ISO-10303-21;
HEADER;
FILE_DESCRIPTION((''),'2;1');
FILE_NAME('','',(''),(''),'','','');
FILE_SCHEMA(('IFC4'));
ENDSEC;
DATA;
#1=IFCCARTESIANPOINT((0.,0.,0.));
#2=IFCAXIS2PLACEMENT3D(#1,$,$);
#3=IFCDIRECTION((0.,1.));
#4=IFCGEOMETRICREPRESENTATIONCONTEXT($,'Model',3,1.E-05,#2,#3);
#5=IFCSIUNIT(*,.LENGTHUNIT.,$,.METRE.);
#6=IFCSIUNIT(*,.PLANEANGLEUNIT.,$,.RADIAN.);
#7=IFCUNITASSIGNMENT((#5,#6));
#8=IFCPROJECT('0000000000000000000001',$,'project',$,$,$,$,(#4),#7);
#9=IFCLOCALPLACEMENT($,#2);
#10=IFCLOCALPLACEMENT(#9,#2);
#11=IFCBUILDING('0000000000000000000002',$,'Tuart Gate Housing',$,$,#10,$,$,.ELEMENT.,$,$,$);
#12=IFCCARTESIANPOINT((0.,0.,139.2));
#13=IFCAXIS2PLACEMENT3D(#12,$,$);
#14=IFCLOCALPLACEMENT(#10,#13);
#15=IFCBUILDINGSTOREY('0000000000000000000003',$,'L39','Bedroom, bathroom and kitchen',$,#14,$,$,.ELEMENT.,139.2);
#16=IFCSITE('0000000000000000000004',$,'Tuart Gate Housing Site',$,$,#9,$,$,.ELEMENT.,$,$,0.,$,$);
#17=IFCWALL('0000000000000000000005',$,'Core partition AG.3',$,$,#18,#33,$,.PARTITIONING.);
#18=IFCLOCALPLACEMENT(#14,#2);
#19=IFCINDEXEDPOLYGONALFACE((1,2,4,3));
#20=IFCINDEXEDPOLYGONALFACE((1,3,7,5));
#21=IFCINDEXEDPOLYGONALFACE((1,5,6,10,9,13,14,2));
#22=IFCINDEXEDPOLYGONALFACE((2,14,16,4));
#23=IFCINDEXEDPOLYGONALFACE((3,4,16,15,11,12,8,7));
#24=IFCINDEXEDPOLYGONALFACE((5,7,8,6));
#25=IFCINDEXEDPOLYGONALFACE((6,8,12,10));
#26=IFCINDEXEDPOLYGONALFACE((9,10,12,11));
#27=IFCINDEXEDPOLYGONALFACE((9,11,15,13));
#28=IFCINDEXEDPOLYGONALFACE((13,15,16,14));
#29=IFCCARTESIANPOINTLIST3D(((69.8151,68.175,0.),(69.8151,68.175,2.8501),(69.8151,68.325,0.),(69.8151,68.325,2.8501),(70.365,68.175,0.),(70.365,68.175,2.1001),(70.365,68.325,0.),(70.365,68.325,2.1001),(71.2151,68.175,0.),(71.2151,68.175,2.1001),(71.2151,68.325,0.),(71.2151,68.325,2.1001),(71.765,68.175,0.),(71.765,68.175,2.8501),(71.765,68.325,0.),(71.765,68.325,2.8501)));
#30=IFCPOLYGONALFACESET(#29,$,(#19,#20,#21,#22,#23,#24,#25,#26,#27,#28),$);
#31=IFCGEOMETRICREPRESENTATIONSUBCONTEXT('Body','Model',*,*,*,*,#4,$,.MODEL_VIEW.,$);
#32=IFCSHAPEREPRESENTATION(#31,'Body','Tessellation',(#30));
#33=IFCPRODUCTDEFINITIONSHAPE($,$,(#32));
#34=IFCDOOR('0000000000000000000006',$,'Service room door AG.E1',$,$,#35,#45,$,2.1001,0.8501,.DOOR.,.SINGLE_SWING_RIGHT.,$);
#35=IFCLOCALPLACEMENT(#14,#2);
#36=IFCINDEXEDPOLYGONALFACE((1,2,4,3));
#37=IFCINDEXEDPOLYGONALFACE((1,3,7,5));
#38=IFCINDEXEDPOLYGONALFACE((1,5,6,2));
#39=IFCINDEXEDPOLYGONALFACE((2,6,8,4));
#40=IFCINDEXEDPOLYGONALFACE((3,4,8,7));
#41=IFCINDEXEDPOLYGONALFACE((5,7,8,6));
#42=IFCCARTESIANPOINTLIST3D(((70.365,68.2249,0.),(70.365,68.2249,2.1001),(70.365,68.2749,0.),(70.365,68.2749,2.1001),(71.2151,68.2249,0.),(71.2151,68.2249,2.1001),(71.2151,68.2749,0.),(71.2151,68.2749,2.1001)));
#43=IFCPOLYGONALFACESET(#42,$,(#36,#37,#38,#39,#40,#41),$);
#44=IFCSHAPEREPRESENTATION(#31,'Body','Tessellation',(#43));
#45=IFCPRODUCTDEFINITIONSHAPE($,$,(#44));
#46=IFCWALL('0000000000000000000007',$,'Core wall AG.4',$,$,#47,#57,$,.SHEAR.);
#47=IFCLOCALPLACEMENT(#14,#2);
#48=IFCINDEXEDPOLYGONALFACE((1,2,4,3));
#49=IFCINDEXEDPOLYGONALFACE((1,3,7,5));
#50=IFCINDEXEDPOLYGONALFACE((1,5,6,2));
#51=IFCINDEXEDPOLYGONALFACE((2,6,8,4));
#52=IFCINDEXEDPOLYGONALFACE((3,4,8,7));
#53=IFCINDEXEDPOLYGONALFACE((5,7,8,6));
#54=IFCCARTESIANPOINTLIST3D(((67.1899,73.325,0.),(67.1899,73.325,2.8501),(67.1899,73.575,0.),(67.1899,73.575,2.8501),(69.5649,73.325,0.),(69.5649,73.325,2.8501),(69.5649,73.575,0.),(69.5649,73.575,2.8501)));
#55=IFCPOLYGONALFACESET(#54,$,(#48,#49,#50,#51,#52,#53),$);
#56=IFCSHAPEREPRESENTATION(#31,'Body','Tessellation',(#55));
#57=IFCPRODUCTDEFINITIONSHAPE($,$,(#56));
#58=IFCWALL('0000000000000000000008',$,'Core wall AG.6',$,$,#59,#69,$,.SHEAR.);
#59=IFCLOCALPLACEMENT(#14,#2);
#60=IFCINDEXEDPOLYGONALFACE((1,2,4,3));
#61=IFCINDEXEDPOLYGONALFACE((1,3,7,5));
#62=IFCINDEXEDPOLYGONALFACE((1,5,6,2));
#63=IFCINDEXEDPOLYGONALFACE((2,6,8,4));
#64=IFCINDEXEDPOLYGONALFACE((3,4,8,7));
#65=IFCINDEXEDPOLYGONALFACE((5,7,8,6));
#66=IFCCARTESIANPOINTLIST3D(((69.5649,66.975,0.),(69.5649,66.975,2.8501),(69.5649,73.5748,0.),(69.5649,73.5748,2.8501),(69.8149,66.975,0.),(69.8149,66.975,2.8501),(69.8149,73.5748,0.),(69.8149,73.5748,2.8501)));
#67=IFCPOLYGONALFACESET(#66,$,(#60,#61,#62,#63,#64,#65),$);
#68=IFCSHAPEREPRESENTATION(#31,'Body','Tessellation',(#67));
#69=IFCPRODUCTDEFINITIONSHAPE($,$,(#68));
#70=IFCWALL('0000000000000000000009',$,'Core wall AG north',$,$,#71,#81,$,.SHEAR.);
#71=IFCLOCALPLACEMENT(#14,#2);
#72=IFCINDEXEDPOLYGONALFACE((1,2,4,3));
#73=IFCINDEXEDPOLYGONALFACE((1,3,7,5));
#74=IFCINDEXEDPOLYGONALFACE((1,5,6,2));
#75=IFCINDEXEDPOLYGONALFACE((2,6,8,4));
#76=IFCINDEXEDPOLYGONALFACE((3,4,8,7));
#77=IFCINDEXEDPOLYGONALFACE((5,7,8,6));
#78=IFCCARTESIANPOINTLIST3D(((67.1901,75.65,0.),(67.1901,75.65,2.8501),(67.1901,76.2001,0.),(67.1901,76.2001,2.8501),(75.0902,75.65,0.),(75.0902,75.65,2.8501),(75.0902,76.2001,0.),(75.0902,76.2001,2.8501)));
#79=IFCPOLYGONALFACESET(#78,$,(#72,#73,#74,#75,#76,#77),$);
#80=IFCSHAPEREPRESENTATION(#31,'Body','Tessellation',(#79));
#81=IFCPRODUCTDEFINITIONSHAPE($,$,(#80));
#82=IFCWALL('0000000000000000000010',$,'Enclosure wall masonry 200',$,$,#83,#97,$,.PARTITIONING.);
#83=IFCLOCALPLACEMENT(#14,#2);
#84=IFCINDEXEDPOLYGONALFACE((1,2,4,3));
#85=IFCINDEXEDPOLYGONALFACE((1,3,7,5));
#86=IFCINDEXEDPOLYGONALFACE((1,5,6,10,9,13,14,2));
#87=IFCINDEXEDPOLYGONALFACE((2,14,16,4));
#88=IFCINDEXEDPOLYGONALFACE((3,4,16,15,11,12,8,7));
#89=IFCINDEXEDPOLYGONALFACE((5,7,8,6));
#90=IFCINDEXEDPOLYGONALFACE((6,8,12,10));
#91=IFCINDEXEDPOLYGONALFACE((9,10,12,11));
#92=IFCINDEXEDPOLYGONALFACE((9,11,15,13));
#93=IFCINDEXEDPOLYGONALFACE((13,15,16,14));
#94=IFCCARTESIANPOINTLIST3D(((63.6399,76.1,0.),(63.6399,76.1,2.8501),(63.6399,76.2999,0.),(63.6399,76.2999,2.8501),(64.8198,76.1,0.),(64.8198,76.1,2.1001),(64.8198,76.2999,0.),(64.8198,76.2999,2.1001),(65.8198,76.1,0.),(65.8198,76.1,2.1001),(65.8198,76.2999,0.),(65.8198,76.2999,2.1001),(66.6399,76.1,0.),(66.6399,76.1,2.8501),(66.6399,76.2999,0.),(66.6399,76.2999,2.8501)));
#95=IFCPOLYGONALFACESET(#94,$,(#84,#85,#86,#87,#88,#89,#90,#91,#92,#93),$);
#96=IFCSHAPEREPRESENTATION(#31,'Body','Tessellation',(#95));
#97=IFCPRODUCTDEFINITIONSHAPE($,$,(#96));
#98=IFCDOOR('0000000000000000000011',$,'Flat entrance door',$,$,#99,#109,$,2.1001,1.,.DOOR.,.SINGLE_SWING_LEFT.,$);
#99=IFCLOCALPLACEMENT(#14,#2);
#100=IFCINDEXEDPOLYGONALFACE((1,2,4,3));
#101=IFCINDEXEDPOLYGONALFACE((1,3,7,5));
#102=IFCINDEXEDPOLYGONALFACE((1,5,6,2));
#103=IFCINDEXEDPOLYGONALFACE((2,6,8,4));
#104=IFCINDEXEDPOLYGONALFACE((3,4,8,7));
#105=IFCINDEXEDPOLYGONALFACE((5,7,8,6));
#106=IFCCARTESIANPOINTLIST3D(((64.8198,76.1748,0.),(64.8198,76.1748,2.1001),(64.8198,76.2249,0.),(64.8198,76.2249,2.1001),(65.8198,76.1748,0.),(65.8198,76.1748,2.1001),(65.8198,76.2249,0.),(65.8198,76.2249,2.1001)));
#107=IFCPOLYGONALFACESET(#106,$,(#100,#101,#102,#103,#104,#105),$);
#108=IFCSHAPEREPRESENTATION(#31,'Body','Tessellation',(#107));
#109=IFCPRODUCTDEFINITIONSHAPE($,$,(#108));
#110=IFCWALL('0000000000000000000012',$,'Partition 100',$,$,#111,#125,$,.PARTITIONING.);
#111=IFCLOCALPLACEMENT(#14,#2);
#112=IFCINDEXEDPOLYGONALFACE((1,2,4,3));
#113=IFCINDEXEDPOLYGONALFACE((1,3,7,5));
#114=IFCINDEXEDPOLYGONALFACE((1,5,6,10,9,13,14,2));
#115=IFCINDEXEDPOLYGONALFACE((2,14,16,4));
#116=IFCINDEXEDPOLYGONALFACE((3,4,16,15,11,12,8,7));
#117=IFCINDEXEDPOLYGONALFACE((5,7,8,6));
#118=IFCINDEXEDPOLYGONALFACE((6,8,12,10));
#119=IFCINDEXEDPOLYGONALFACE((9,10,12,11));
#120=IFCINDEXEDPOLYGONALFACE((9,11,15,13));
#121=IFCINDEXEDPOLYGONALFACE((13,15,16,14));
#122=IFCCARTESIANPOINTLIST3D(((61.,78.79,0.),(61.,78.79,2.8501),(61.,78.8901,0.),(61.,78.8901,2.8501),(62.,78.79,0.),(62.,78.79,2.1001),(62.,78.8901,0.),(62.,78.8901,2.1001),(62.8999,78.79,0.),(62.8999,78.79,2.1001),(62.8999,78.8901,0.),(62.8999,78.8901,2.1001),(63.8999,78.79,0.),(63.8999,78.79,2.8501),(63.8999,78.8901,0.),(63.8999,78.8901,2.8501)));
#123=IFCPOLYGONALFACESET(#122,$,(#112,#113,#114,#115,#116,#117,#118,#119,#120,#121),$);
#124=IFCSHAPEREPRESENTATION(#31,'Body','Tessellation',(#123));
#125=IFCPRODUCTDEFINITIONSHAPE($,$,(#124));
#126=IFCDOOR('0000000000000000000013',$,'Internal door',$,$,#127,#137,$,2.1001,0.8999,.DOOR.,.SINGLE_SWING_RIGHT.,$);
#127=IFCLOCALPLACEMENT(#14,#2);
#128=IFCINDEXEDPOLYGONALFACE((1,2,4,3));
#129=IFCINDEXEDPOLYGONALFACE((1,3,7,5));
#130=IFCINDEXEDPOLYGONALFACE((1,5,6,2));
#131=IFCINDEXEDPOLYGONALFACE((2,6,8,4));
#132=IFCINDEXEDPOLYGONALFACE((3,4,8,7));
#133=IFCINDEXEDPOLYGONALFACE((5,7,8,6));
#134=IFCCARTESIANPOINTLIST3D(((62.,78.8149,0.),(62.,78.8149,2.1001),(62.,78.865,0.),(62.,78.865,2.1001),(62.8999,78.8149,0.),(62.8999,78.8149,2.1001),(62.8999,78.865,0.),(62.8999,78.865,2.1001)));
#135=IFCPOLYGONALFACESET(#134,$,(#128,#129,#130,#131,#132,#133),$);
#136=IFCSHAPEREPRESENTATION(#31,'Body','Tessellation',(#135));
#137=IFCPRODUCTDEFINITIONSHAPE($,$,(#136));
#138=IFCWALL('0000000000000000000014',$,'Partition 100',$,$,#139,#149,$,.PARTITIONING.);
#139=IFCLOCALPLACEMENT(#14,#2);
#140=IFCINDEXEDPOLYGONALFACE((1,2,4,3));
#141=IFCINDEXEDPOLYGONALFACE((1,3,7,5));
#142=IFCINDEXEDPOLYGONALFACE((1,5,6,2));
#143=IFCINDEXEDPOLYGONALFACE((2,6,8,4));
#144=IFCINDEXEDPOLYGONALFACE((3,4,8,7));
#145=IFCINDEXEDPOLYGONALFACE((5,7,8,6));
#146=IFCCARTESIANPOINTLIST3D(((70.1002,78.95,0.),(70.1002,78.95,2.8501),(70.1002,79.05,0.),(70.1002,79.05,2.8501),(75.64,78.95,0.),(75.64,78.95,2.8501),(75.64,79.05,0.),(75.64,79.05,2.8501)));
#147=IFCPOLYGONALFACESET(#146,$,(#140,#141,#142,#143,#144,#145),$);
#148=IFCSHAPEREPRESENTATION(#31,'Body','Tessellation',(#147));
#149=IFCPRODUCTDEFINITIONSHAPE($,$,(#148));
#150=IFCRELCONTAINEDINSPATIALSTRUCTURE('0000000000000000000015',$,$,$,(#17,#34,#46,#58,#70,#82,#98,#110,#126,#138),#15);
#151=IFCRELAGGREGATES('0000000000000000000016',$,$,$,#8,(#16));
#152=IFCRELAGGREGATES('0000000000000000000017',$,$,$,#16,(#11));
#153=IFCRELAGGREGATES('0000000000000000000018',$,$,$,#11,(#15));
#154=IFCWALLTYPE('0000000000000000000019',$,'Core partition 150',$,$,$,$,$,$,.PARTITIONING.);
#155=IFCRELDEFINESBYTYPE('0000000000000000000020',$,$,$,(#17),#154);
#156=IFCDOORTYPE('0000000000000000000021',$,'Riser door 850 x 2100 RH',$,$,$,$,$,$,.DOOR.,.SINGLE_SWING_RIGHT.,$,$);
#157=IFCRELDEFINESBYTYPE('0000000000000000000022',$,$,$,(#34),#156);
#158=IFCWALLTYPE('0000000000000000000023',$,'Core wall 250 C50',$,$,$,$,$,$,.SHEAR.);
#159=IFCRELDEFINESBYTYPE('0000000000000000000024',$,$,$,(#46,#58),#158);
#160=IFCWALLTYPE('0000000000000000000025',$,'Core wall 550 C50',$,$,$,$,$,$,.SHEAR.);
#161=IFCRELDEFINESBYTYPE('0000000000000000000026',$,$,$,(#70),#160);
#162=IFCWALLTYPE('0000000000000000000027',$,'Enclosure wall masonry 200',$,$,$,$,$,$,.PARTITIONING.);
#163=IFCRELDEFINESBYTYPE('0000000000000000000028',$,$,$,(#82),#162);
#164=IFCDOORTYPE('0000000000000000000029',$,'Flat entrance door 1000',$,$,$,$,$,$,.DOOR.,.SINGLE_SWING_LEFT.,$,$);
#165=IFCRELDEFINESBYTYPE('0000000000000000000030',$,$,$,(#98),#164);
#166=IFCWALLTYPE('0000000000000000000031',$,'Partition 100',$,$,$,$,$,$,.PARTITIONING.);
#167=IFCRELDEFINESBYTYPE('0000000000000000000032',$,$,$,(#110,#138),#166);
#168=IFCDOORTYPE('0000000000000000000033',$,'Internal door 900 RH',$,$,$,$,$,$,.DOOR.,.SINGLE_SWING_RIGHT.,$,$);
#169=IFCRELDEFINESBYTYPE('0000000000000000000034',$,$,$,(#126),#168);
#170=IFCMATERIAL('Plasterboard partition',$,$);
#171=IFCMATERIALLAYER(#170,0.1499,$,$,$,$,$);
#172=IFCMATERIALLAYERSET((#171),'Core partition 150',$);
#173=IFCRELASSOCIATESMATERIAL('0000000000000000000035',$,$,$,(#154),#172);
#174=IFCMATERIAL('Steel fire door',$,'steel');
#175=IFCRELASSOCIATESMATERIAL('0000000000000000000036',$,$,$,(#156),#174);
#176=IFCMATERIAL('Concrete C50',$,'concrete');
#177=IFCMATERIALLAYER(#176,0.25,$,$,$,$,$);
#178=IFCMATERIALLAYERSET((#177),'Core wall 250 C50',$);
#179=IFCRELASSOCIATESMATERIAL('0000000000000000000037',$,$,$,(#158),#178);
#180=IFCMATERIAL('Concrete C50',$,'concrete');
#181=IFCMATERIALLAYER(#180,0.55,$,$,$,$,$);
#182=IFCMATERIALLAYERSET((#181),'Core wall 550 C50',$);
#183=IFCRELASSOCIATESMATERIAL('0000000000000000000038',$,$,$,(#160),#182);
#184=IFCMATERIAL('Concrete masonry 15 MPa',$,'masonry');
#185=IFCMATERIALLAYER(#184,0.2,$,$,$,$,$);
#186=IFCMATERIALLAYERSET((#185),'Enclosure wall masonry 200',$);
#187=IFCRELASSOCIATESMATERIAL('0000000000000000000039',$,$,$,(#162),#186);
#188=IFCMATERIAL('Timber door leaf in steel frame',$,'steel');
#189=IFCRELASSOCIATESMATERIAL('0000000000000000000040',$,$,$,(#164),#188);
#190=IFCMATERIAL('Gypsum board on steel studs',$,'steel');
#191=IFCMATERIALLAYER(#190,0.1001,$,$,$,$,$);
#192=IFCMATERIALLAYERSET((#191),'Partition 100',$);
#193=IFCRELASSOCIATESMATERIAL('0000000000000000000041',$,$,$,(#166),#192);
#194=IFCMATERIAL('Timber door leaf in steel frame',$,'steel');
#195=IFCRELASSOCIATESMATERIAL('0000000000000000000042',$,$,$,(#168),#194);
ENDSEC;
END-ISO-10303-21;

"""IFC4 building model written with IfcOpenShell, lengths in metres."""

from ifc_helpers import new_model, si_unit, direction, frame, frame_2d, origin, place, context, subcontext, project, spatial, rectangle, extrude, material, layer, layer_set, type_object, element, fill, save


model = new_model("IFC4")

# Units and contexts
model_context = context("Model", 3, precision=1e-05, world=origin(), true_north=direction((0.0, 1.0)))
body_context = subcontext(model_context, "Body", "Model", "MODEL_VIEW")
ifc_project = project(units=[si_unit("LENGTHUNIT", "METRE"), si_unit("PLANEANGLEUNIT", "RADIAN")], contexts=[model_context])

# Site, building, storey
site_placement = place(None, origin())
site = spatial("IfcSite", under=ifc_project, at=site_placement, Name="Tuart Gate Housing Site", CompositionType="ELEMENT", RefElevation=0.0)
building_placement = place(site_placement, origin())
building = spatial("IfcBuilding", under=site, at=building_placement, Name="Tuart Gate Housing", CompositionType="ELEMENT")
storey_placement = place(building_placement, frame((0.0, 0.0, 139.2)))
storey = spatial("IfcBuildingStorey", under=building, at=storey_placement, Name="L39", Description="Bedroom, bathroom and kitchen", CompositionType="ELEMENT", Elevation=139.2)

# Wall, opening, door
ifc_material_1 = material(Name="Plasterboard partition")
ifc_layer_1 = layer(ifc_material_1, 0.1499)
ifc_layer_set_1 = layer_set([ifc_layer_1], Name="Core partition 150")
wall_type_1 = type_object("IfcWallType", Name="Core partition 150", PredefinedType="PARTITIONING", material=ifc_layer_set_1)
wall_1_placement = place(storey_placement, frame((69.8149, 68.25, 0.0), z_axis=(0.0, 0.0, 1.0), x_axis=(1.0, 0.0, 0.0)))
wall_1 = element("IfcWall", 1, at=wall_1_placement, inside=storey, type_object=wall_type_1, Name="Core partition AG.3", PredefinedType="PARTITIONING", context=body_context, shape_type="SweptSolid", body=[
    extrude(rectangle(XDim=1.95, YDim=0.1499, at=frame_2d((0.9751, 0.0))), origin(), (0.0, 0.0, 1.0), 2.8501),
])
opening_1_placement = place(wall_1_placement, frame((0.55, 0.0, 0.0)))
opening_1 = element("IfcOpeningElement", 2, at=opening_1_placement, cuts=wall_1, PredefinedType="OPENING", context=body_context, shape_type="SweptSolid", body=[
    extrude(rectangle(XDim=0.8501, YDim=2.1001, at=frame_2d((0.425, 1.05))), frame((0.0, 0.085, 0.0), z_axis=(0.0, -1.0, 0.0), x_axis=(1.0, 0.0, 0.0)), (0.0, 0.0, 1.0), 0.1699),
])
ifc_material_2 = material(Name="Steel fire door", Category="steel")
door_type_1 = type_object("IfcDoorType", Name="Riser door 850 x 2100 RH", OperationType="SINGLE_SWING_RIGHT", PredefinedType="DOOR", material=ifc_material_2)
door_1_placement = place(opening_1_placement, frame((0.8501, 0.0, 0.0), z_axis=(0.0, 0.0, 1.0), x_axis=(-1.0, 0.0, 0.0)))
door_1 = element("IfcDoor", 3, at=door_1_placement, inside=storey, type_object=door_type_1, Name="Service room door AG.E1", OperationType="SINGLE_SWING_RIGHT", OverallHeight=2.1001, OverallWidth=0.8501, PredefinedType="DOOR", context=body_context, shape_type="SweptSolid", body=[
    extrude(rectangle(XDim=0.8501, YDim=2.1001, at=frame_2d((0.425, 1.05))), frame((0.0, 0.0251, 0.0), z_axis=(0.0, -1.0, 0.0), x_axis=(1.0, 0.0, 0.0)), (0.0, 0.0, 1.0), 0.05),
])
fill(opening_1, door_1)

# Walls
ifc_material_3 = material(Name="Concrete C50", Category="concrete")
ifc_layer_2 = layer(ifc_material_3, 0.25)
ifc_layer_set_2 = layer_set([ifc_layer_2], Name="Core wall 250 C50")
wall_type_2 = type_object("IfcWallType", Name="Core wall 250 C50", PredefinedType="SHEAR", material=ifc_layer_set_2)
wall_2_placement = place(storey_placement, frame((67.1899, 73.45, 0.0), z_axis=(0.0, 0.0, 1.0), x_axis=(1.0, 0.0, 0.0)))
element("IfcWall", 4, at=wall_2_placement, inside=storey, type_object=wall_type_2, Name="Core wall AG.4", PredefinedType="SHEAR", context=body_context, shape_type="SweptSolid", body=[
    extrude(rectangle(XDim=2.375, YDim=0.25, at=frame_2d((1.1875, 0.0))), origin(), (0.0, 0.0, 1.0), 2.8501),
])
wall_3_placement = place(storey_placement, frame((69.6899, 66.9751, 0.0), z_axis=(0.0, 0.0, 1.0), x_axis=(0.0, 1.0, 0.0)))
element("IfcWall", 5, at=wall_3_placement, inside=storey, type_object=wall_type_2, Name="Core wall AG.6", PredefinedType="SHEAR", context=body_context, shape_type="SweptSolid", body=[
    extrude(rectangle(XDim=6.5999, YDim=0.25, at=frame_2d((3.2998, 0.0))), origin(), (0.0, 0.0, 1.0), 2.8501),
])
ifc_material_4 = material(Name="Concrete C50", Category="concrete")
ifc_layer_3 = layer(ifc_material_4, 0.55)
ifc_layer_set_3 = layer_set([ifc_layer_3], Name="Core wall 550 C50")
wall_type_3 = type_object("IfcWallType", Name="Core wall 550 C50", PredefinedType="SHEAR", material=ifc_layer_set_3)
wall_4_placement = place(storey_placement, frame((67.1899, 75.925, 0.0), z_axis=(0.0, 0.0, 1.0), x_axis=(1.0, 0.0, 0.0)))
element("IfcWall", 6, at=wall_4_placement, inside=storey, type_object=wall_type_3, Name="Core wall AG north", PredefinedType="SHEAR", context=body_context, shape_type="SweptSolid", body=[
    extrude(rectangle(XDim=7.9001, YDim=0.55, at=frame_2d((3.9502, 0.0))), origin(), (0.0, 0.0, 1.0), 2.8501),
])

# Walls, openings, doors
ifc_material_5 = material(Name="Concrete masonry 15 MPa", Category="masonry")
ifc_layer_4 = layer(ifc_material_5, 0.2)
ifc_layer_set_4 = layer_set([ifc_layer_4], Name="Enclosure wall masonry 200")
wall_type_4 = type_object("IfcWallType", Name="Enclosure wall masonry 200", PredefinedType="PARTITIONING", material=ifc_layer_set_4)
wall_5_placement = place(storey_placement, frame((63.6399, 76.2, 0.0), z_axis=(0.0, 0.0, 1.0), x_axis=(1.0, 0.0, 0.0)))
wall_5 = element("IfcWall", 7, at=wall_5_placement, inside=storey, type_object=wall_type_4, Name="Enclosure wall masonry 200", PredefinedType="PARTITIONING", context=body_context, shape_type="SweptSolid", body=[
    extrude(rectangle(XDim=3.0, YDim=0.2, at=frame_2d((1.5, 0.0))), origin(), (0.0, 0.0, 1.0), 2.8501),
])
opening_2_placement = place(wall_5_placement, frame((1.1799, 0.0, 0.0)))
opening_2 = element("IfcOpeningElement", 8, at=opening_2_placement, cuts=wall_5, PredefinedType="OPENING", context=body_context, shape_type="SweptSolid", body=[
    extrude(rectangle(XDim=1.0, YDim=2.1001, at=frame_2d((0.5, 1.05))), frame((0.0, 0.1099, 0.0), z_axis=(0.0, -1.0, 0.0), x_axis=(1.0, 0.0, 0.0)), (0.0, 0.0, 1.0), 0.22),
])
ifc_material_6 = material(Name="Timber door leaf in steel frame", Category="steel")
door_type_2 = type_object("IfcDoorType", Name="Flat entrance door 1000", OperationType="SINGLE_SWING_LEFT", PredefinedType="DOOR", material=ifc_material_6)
door_2_placement = place(opening_2_placement, origin())
door_2 = element("IfcDoor", 9, at=door_2_placement, inside=storey, type_object=door_type_2, Name="Flat entrance door", OperationType="SINGLE_SWING_LEFT", OverallHeight=2.1001, OverallWidth=1.0, PredefinedType="DOOR", context=body_context, shape_type="SweptSolid", body=[
    extrude(rectangle(XDim=1.0, YDim=2.1001, at=frame_2d((0.5, 1.05))), frame((0.0, 0.0249, 0.0), z_axis=(0.0, -1.0, 0.0), x_axis=(1.0, 0.0, 0.0)), (0.0, 0.0, 1.0), 0.05),
])
fill(opening_2, door_2)
ifc_material_7 = material(Name="Gypsum board on steel studs", Category="steel")
ifc_layer_5 = layer(ifc_material_7, 0.1001)
ifc_layer_set_5 = layer_set([ifc_layer_5], Name="Partition 100")
wall_type_5 = type_object("IfcWallType", Name="Partition 100", PredefinedType="PARTITIONING", material=ifc_layer_set_5)
wall_6_placement = place(storey_placement, frame((61.0, 78.8401, 0.0), z_axis=(0.0, 0.0, 1.0), x_axis=(1.0, 0.0, 0.0)))
wall_6 = element("IfcWall", 10, at=wall_6_placement, inside=storey, type_object=wall_type_5, Name="Partition 100", PredefinedType="PARTITIONING", context=body_context, shape_type="SweptSolid", body=[
    extrude(rectangle(XDim=2.8999, YDim=0.1001, at=frame_2d((1.45, 0.0))), origin(), (0.0, 0.0, 1.0), 2.8501),
])
opening_3_placement = place(wall_6_placement, frame((1.0, 0.0, 0.0)))
opening_3 = element("IfcOpeningElement", 11, at=opening_3_placement, cuts=wall_6, PredefinedType="OPENING", context=body_context, shape_type="SweptSolid", body=[
    extrude(rectangle(XDim=0.8999, YDim=2.1001, at=frame_2d((0.45, 1.05))), frame((0.0, 0.0601, 0.0), z_axis=(0.0, -1.0, 0.0), x_axis=(1.0, 0.0, 0.0)), (0.0, 0.0, 1.0), 0.1201),
])
ifc_material_8 = material(Name="Timber door leaf in steel frame", Category="steel")
door_type_3 = type_object("IfcDoorType", Name="Internal door 900 RH", OperationType="SINGLE_SWING_RIGHT", PredefinedType="DOOR", material=ifc_material_8)
door_3_placement = place(opening_3_placement, frame((0.8999, 0.0, 0.0), z_axis=(0.0, 0.0, 1.0), x_axis=(-1.0, 0.0, 0.0)))
door_3 = element("IfcDoor", 12, at=door_3_placement, inside=storey, type_object=door_type_3, Name="Internal door", OperationType="SINGLE_SWING_RIGHT", OverallHeight=2.1001, OverallWidth=0.8999, PredefinedType="DOOR", context=body_context, shape_type="SweptSolid", body=[
    extrude(rectangle(XDim=0.8999, YDim=2.1001, at=frame_2d((0.45, 1.05))), frame((0.0, 0.0251, 0.0), z_axis=(0.0, -1.0, 0.0), x_axis=(1.0, 0.0, 0.0)), (0.0, 0.0, 1.0), 0.05),
])
fill(opening_3, door_3)

# Wall
wall_7_placement = place(storey_placement, frame((70.1001, 79.0, 0.0), z_axis=(0.0, 0.0, 1.0), x_axis=(1.0, 0.0, 0.0)))
element("IfcWall", 13, at=wall_7_placement, inside=storey, type_object=wall_type_5, Name="Partition 100", PredefinedType="PARTITIONING", context=body_context, shape_type="SweptSolid", body=[
    extrude(rectangle(XDim=5.5398, YDim=0.1001, at=frame_2d((2.77, 0.0))), origin(), (0.0, 0.0, 1.0), 2.8501),
])

save(model, "model.ifc")
